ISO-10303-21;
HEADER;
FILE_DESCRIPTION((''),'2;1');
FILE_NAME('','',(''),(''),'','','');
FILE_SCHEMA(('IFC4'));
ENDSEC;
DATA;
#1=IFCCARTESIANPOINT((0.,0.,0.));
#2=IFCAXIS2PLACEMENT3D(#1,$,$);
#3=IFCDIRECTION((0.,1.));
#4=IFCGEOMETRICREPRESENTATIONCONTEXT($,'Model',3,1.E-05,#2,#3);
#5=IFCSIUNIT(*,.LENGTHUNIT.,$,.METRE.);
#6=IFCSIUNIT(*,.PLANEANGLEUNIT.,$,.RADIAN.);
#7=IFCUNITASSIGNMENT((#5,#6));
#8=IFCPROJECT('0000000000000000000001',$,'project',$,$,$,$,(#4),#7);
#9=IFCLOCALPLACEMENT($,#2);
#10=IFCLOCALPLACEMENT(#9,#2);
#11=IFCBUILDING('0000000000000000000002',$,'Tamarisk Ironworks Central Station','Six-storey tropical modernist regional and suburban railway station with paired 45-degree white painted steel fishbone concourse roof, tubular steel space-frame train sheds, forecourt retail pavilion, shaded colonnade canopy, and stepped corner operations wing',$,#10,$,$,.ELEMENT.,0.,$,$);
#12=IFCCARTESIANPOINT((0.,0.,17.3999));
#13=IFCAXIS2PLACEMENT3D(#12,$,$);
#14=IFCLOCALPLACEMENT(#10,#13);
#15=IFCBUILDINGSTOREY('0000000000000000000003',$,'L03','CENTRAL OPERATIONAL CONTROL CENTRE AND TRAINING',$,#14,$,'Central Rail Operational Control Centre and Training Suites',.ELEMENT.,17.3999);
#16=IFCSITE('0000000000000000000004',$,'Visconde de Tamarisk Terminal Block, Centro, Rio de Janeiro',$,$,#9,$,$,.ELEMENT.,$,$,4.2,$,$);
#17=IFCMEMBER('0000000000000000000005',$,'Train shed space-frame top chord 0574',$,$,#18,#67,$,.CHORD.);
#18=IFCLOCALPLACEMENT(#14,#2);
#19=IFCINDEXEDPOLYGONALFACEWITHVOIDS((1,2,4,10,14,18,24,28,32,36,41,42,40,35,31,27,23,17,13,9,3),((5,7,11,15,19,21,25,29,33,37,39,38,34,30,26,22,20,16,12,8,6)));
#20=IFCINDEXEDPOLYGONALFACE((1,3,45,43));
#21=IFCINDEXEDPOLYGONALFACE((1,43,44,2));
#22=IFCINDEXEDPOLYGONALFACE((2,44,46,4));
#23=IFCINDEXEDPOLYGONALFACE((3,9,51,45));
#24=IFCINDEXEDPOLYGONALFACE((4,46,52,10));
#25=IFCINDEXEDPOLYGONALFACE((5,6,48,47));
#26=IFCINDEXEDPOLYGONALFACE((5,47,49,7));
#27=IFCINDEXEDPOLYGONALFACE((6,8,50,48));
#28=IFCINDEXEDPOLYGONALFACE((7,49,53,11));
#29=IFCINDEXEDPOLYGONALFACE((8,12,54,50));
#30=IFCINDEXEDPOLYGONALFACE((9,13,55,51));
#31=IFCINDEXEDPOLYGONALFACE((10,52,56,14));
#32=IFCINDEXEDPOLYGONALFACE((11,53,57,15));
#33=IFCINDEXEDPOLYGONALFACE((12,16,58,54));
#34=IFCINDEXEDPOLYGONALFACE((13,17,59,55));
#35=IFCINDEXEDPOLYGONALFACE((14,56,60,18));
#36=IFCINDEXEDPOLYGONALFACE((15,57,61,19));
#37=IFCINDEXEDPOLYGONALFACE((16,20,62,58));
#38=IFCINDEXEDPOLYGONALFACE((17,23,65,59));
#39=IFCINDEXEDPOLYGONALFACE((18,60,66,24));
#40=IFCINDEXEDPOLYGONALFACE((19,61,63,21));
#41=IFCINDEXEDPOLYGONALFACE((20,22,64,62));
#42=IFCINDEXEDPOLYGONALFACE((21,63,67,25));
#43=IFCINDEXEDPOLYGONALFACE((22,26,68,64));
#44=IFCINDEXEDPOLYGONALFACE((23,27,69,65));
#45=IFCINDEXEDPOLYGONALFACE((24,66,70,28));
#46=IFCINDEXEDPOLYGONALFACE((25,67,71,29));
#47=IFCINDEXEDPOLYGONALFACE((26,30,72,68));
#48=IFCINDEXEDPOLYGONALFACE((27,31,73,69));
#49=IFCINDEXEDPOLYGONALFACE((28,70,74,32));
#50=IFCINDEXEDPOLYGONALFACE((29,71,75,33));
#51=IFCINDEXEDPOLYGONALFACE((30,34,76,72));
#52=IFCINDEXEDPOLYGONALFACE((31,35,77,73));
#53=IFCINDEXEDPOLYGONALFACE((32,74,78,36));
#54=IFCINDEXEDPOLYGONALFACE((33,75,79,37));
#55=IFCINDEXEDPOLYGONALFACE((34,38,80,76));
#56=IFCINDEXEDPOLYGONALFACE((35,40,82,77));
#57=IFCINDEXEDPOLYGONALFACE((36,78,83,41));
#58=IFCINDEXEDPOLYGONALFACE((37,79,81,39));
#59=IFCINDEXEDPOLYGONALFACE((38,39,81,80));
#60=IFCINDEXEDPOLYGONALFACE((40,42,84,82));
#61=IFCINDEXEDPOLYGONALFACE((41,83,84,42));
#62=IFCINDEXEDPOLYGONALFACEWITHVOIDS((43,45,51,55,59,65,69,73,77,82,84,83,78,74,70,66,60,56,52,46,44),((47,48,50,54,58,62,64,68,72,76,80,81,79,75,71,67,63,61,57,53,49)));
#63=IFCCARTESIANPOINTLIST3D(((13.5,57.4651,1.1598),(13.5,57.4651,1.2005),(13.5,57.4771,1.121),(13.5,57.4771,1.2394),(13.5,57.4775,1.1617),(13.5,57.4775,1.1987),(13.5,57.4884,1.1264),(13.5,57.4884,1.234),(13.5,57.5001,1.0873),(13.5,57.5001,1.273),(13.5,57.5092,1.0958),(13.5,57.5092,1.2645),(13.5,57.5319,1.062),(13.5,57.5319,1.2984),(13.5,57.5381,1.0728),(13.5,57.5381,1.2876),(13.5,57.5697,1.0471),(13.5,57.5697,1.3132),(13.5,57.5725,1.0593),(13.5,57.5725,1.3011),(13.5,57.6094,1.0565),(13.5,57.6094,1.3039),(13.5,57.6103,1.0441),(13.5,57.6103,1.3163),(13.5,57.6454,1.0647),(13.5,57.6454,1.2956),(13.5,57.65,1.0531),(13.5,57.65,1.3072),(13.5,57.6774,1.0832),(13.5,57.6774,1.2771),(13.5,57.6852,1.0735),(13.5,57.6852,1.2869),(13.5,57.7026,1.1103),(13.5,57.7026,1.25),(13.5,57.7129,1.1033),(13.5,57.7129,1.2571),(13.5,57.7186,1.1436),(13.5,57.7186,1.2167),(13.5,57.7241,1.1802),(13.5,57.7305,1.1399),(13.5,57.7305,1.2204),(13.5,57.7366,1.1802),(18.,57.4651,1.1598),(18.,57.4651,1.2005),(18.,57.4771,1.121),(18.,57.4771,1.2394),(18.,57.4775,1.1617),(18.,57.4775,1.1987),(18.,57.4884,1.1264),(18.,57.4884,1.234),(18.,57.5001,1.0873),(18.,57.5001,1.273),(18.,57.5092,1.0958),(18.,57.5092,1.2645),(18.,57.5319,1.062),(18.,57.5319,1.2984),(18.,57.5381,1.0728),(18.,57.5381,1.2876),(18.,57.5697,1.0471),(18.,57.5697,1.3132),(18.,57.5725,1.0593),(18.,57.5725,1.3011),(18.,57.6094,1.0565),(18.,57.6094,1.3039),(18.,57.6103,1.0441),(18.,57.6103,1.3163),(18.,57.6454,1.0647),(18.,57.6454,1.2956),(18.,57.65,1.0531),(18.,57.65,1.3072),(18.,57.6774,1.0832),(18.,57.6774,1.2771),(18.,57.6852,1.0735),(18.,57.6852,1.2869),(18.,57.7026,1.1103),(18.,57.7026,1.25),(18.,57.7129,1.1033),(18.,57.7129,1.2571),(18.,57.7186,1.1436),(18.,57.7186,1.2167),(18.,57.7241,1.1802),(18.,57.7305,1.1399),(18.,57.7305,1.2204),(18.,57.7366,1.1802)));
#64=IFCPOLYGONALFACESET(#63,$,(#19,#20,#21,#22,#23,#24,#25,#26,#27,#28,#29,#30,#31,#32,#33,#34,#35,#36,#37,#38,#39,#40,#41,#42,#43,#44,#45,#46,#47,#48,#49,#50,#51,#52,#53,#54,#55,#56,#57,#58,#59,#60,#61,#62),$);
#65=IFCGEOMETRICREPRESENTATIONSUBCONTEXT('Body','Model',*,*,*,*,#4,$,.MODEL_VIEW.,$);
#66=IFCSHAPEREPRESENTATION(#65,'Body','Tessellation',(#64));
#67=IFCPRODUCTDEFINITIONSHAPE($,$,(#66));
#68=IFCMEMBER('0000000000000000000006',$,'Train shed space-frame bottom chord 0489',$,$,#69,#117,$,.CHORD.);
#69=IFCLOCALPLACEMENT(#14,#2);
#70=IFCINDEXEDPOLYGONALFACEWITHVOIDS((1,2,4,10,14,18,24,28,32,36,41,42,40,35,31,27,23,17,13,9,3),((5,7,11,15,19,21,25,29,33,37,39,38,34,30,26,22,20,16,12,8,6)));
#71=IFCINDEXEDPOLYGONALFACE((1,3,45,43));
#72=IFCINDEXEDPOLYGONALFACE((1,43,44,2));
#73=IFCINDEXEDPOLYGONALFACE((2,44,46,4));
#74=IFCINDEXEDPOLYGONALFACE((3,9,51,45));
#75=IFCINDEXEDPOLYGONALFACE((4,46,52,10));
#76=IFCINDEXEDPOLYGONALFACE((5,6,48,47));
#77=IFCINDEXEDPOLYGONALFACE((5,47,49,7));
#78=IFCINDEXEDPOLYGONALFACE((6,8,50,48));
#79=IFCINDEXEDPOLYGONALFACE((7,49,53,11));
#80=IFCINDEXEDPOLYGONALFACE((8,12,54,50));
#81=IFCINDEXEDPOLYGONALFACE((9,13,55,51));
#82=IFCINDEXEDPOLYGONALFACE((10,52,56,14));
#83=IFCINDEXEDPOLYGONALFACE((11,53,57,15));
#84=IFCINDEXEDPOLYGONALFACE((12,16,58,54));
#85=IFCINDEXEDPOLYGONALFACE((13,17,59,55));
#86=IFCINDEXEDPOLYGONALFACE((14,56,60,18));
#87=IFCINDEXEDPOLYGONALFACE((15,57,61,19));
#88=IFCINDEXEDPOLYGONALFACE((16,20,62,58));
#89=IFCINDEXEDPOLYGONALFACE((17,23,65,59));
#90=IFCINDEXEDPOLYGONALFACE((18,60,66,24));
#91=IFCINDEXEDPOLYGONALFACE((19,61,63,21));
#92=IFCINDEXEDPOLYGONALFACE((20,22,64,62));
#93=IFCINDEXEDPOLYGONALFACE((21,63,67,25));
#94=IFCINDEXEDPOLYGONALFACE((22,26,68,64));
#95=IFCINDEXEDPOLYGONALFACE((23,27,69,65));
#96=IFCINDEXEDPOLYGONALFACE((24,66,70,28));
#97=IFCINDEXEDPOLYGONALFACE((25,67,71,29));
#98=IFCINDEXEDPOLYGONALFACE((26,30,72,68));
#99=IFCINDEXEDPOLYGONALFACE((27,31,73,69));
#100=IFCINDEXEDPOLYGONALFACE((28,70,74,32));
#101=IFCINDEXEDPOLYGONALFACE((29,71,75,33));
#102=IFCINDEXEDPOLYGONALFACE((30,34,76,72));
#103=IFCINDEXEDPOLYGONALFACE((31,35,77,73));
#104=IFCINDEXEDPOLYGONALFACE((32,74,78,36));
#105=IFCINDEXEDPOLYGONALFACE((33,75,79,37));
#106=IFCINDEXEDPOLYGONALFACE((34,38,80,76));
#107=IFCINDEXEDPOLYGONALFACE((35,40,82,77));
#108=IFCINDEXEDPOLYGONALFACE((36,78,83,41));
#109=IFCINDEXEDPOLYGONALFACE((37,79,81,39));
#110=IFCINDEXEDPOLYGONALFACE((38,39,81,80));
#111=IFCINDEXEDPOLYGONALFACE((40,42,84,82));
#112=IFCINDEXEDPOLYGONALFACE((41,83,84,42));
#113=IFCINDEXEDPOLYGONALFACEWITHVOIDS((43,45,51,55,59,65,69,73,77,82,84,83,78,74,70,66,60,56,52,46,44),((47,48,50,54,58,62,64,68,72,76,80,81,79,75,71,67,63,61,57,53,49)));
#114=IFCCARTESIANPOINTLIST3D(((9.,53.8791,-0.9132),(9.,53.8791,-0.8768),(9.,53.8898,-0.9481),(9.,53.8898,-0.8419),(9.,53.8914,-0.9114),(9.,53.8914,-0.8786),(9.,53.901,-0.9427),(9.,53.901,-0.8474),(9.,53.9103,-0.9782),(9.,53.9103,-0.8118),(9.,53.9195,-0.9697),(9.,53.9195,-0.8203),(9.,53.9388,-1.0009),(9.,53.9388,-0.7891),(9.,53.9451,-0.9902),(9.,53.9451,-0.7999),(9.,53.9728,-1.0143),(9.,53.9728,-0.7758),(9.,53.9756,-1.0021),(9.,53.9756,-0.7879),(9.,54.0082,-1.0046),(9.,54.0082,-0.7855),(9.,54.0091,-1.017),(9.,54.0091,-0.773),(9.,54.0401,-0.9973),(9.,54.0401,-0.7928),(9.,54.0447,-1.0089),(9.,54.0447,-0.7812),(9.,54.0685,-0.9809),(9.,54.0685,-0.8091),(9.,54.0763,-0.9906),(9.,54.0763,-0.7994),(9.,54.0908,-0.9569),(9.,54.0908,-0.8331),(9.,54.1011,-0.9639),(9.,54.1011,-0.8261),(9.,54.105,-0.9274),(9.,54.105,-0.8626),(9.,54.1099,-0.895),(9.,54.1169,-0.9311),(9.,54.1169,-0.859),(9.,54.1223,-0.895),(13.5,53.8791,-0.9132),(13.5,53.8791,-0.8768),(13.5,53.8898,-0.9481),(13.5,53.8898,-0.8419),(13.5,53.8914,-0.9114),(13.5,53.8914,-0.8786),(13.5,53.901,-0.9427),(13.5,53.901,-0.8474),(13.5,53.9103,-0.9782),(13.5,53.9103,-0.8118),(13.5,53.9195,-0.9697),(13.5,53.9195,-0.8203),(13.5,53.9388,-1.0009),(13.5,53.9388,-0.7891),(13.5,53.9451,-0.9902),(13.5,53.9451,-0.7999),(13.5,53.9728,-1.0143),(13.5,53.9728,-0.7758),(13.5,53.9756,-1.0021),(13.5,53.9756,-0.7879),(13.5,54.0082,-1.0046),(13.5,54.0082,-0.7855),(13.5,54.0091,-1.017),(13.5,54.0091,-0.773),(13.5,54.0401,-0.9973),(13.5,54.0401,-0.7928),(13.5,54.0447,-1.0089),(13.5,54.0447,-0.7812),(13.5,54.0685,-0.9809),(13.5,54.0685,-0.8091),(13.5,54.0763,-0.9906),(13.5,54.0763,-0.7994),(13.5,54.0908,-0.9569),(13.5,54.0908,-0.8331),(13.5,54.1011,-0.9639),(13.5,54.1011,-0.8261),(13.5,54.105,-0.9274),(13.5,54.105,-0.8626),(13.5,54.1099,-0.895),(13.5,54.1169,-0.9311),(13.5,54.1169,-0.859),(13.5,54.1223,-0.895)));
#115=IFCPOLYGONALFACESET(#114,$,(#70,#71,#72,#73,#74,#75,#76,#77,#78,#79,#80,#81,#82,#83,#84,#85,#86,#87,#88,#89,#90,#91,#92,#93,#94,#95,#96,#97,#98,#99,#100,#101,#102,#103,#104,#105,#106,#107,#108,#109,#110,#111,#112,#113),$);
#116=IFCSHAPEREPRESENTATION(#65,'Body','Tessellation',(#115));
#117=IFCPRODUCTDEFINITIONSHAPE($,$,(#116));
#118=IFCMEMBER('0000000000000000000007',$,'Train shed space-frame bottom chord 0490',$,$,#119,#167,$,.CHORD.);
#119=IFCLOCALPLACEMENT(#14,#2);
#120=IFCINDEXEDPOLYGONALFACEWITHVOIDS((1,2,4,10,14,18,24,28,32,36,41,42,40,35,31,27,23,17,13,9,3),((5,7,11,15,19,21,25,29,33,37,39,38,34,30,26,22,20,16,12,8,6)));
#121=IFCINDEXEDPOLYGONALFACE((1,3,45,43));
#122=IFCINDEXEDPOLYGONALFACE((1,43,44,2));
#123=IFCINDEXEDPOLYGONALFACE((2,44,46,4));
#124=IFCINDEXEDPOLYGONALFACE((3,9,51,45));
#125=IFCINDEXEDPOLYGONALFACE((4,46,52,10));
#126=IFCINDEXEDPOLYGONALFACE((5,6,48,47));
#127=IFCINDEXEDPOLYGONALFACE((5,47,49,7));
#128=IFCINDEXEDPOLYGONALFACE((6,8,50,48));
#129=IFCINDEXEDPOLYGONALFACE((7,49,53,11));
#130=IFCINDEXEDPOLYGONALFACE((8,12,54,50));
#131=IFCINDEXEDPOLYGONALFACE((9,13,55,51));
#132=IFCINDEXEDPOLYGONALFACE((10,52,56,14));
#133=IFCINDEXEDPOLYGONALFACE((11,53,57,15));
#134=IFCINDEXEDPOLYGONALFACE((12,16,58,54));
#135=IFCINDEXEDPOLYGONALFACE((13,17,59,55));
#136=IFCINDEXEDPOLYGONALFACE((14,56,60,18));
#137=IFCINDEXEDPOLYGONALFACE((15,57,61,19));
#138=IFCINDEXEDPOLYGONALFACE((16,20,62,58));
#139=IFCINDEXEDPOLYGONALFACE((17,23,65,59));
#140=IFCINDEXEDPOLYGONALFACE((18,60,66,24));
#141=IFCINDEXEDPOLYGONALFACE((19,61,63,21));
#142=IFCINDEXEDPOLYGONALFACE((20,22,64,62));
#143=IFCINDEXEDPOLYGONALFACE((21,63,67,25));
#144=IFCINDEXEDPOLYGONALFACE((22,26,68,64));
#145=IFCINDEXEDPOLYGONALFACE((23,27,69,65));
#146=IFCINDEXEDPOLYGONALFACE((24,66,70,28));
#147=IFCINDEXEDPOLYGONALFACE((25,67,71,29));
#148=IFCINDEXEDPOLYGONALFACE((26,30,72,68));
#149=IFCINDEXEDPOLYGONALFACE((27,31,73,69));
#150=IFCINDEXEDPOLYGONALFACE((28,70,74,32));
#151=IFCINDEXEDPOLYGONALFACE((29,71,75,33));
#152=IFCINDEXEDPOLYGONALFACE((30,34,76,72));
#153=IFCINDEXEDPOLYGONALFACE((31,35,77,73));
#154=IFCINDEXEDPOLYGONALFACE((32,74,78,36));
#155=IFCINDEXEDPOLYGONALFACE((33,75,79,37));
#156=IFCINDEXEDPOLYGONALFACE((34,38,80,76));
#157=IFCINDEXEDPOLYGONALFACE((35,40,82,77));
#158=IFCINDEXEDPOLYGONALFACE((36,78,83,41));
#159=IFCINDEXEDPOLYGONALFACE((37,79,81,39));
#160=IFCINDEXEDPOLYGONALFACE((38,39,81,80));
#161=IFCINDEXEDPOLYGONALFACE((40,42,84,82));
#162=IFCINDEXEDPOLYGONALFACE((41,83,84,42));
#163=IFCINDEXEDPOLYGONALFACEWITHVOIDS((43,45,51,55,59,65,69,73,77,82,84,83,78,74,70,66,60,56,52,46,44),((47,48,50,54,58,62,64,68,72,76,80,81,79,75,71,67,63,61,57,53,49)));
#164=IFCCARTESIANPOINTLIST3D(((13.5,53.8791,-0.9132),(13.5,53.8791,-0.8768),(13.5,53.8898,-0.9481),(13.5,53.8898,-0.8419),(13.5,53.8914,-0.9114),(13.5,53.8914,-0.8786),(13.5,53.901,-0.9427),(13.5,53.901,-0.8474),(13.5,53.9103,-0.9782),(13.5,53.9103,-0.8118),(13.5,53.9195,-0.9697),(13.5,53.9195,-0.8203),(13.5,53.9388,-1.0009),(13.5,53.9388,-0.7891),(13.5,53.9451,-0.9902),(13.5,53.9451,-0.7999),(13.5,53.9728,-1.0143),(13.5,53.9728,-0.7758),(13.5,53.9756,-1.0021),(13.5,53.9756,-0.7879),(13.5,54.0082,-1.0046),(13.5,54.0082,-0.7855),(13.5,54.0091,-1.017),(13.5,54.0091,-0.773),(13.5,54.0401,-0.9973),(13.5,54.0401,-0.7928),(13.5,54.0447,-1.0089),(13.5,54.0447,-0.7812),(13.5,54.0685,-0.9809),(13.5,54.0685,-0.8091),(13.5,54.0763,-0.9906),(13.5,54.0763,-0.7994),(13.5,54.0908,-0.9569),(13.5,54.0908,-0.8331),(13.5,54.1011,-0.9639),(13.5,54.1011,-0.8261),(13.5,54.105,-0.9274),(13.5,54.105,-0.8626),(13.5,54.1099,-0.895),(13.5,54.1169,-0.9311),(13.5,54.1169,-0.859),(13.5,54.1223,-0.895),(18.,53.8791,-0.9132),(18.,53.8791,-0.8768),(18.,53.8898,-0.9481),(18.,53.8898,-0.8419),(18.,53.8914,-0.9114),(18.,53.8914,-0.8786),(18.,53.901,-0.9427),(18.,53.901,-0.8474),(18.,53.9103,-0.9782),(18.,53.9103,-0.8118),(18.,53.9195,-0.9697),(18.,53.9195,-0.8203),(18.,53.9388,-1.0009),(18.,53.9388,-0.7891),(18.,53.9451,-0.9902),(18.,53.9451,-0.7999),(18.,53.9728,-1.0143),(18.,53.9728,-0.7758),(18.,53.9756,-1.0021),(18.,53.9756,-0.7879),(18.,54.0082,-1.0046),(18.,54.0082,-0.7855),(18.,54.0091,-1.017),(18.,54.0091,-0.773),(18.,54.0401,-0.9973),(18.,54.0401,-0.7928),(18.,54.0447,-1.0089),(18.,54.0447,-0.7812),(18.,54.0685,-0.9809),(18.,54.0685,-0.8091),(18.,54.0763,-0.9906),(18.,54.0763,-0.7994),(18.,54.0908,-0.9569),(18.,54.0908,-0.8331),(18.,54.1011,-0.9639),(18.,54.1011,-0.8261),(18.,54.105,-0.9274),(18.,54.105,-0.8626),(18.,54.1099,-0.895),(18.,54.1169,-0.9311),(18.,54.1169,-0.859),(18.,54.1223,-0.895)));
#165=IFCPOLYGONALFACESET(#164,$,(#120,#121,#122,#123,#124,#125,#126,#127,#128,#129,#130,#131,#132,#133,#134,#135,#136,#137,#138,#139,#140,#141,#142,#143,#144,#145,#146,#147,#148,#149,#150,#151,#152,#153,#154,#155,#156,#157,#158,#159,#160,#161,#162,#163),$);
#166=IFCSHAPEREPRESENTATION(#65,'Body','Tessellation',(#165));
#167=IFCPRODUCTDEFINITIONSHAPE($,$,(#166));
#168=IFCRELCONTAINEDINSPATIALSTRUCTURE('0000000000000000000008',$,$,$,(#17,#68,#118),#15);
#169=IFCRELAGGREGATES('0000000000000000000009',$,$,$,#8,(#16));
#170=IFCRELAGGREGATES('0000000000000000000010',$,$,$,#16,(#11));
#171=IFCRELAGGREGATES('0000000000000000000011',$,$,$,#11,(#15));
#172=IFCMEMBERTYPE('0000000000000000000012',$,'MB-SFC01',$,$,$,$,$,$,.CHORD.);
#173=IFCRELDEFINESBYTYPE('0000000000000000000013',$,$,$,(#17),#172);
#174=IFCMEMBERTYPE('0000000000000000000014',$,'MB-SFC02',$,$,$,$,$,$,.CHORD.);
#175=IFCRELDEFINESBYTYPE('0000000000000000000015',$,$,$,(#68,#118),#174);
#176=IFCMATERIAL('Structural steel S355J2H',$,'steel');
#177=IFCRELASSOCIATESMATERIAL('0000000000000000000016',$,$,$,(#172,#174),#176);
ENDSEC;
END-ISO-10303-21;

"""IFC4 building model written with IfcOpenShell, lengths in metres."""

from ifc_helpers import new_model, si_unit, direction, frame, origin, origin_2d, place, context, subcontext, project, spatial, hollow_circle, extrude, material, material_profile, profile_set, type_object, element, save


model = new_model("IFC4")

# Units and contexts
model_context = context("Model", 3, precision=1e-05, world=origin(), true_north=direction((0.0, 1.0)))
body_context = subcontext(model_context, "Body", "Model", "MODEL_VIEW")
ifc_project = project(units=[si_unit("LENGTHUNIT", "METRE"), si_unit("PLANEANGLEUNIT", "RADIAN")], contexts=[model_context])

# Site, building, storey
site_placement = place(None, origin())
site = spatial("IfcSite", under=ifc_project, at=site_placement, Name="Visconde de Tamarisk Terminal Block, Centro, Rio de Janeiro", CompositionType="ELEMENT", RefElevation=4.2)
building_placement = place(site_placement, origin())
building = spatial("IfcBuilding", under=site, at=building_placement, Name="Tamarisk Ironworks Central Station", Description="Six-storey tropical modernist regional and suburban railway station with paired 45-degree white painted steel fishbone concourse roof, tubular steel space-frame train sheds, forecourt retail pavilion, shaded colonnade canopy, and stepped corner operations wing", CompositionType="ELEMENT", ElevationOfRefHeight=0.0)
storey_placement = place(building_placement, frame((0.0, 0.0, 17.3999)))
storey = spatial("IfcBuildingStorey", under=building, at=storey_placement, Name="L03", Description="CENTRAL OPERATIONAL CONTROL CENTRE AND TRAINING", LongName="Central Rail Operational Control Centre and Training Suites", CompositionType="ELEMENT", Elevation=17.3999)

# Members
ifc_material_1 = material(Name="Structural steel S355J2H", Category="steel")
ifc_material_profile_1 = material_profile(ifc_material_1, hollow_circle(Radius=0.1365, WallThickness=0.0125, at=origin_2d()), Name="CHS 273x12.5")
ifc_profile_set_1 = profile_set([ifc_material_profile_1], Name="Structural steel S355J2H")
member_type_1 = type_object("IfcMemberType", Name="MB-SFC01", PredefinedType="CHORD", material=ifc_profile_set_1)
for number, where, z_axis, x_axis, name in (
    (1, (13.5, 57.6001, 1.1802), (1.0, 0.0, 0.0), (0.0, 1.0, 0.0), "Train shed space-frame top chord 0574"),
):
    element("IfcMember", number, at=place(storey_placement, frame(where, z_axis=z_axis, x_axis=x_axis)), inside=storey, type_object=member_type_1, Name=name, PredefinedType="CHORD", context=body_context, shape_type="SweptSolid", body=[
        extrude(hollow_circle(Radius=0.1365, WallThickness=0.0125, at=origin_2d()), origin(), (0.0, 0.0, 1.0), 4.5),
    ])
ifc_material_profile_2 = material_profile(ifc_material_1, hollow_circle(Radius=0.1223, WallThickness=0.0125, at=origin_2d()), Name="CHS 244.5x12.5")
ifc_profile_set_2 = profile_set([ifc_material_profile_2], Name="Structural steel S355J2H")
member_type_2 = type_object("IfcMemberType", Name="MB-SFC02", PredefinedType="CHORD", material=ifc_profile_set_2)
for number, where, z_axis, x_axis, name in (
    (2, (9.0, 54.0, -0.895), (1.0, 0.0, 0.0), (0.0, 1.0, 0.0), "Train shed space-frame bottom chord 0489"),
    (3, (13.5, 54.0, -0.895), (1.0, 0.0, 0.0), (0.0, 1.0, 0.0), "Train shed space-frame bottom chord 0490"),
):
    element("IfcMember", number, at=place(storey_placement, frame(where, z_axis=z_axis, x_axis=x_axis)), inside=storey, type_object=member_type_2, Name=name, PredefinedType="CHORD", context=body_context, shape_type="SweptSolid", body=[
        extrude(hollow_circle(Radius=0.1223, WallThickness=0.0125, at=origin_2d()), origin(), (0.0, 0.0, 1.0), 4.5),
    ])

save(model, "model.ifc")
